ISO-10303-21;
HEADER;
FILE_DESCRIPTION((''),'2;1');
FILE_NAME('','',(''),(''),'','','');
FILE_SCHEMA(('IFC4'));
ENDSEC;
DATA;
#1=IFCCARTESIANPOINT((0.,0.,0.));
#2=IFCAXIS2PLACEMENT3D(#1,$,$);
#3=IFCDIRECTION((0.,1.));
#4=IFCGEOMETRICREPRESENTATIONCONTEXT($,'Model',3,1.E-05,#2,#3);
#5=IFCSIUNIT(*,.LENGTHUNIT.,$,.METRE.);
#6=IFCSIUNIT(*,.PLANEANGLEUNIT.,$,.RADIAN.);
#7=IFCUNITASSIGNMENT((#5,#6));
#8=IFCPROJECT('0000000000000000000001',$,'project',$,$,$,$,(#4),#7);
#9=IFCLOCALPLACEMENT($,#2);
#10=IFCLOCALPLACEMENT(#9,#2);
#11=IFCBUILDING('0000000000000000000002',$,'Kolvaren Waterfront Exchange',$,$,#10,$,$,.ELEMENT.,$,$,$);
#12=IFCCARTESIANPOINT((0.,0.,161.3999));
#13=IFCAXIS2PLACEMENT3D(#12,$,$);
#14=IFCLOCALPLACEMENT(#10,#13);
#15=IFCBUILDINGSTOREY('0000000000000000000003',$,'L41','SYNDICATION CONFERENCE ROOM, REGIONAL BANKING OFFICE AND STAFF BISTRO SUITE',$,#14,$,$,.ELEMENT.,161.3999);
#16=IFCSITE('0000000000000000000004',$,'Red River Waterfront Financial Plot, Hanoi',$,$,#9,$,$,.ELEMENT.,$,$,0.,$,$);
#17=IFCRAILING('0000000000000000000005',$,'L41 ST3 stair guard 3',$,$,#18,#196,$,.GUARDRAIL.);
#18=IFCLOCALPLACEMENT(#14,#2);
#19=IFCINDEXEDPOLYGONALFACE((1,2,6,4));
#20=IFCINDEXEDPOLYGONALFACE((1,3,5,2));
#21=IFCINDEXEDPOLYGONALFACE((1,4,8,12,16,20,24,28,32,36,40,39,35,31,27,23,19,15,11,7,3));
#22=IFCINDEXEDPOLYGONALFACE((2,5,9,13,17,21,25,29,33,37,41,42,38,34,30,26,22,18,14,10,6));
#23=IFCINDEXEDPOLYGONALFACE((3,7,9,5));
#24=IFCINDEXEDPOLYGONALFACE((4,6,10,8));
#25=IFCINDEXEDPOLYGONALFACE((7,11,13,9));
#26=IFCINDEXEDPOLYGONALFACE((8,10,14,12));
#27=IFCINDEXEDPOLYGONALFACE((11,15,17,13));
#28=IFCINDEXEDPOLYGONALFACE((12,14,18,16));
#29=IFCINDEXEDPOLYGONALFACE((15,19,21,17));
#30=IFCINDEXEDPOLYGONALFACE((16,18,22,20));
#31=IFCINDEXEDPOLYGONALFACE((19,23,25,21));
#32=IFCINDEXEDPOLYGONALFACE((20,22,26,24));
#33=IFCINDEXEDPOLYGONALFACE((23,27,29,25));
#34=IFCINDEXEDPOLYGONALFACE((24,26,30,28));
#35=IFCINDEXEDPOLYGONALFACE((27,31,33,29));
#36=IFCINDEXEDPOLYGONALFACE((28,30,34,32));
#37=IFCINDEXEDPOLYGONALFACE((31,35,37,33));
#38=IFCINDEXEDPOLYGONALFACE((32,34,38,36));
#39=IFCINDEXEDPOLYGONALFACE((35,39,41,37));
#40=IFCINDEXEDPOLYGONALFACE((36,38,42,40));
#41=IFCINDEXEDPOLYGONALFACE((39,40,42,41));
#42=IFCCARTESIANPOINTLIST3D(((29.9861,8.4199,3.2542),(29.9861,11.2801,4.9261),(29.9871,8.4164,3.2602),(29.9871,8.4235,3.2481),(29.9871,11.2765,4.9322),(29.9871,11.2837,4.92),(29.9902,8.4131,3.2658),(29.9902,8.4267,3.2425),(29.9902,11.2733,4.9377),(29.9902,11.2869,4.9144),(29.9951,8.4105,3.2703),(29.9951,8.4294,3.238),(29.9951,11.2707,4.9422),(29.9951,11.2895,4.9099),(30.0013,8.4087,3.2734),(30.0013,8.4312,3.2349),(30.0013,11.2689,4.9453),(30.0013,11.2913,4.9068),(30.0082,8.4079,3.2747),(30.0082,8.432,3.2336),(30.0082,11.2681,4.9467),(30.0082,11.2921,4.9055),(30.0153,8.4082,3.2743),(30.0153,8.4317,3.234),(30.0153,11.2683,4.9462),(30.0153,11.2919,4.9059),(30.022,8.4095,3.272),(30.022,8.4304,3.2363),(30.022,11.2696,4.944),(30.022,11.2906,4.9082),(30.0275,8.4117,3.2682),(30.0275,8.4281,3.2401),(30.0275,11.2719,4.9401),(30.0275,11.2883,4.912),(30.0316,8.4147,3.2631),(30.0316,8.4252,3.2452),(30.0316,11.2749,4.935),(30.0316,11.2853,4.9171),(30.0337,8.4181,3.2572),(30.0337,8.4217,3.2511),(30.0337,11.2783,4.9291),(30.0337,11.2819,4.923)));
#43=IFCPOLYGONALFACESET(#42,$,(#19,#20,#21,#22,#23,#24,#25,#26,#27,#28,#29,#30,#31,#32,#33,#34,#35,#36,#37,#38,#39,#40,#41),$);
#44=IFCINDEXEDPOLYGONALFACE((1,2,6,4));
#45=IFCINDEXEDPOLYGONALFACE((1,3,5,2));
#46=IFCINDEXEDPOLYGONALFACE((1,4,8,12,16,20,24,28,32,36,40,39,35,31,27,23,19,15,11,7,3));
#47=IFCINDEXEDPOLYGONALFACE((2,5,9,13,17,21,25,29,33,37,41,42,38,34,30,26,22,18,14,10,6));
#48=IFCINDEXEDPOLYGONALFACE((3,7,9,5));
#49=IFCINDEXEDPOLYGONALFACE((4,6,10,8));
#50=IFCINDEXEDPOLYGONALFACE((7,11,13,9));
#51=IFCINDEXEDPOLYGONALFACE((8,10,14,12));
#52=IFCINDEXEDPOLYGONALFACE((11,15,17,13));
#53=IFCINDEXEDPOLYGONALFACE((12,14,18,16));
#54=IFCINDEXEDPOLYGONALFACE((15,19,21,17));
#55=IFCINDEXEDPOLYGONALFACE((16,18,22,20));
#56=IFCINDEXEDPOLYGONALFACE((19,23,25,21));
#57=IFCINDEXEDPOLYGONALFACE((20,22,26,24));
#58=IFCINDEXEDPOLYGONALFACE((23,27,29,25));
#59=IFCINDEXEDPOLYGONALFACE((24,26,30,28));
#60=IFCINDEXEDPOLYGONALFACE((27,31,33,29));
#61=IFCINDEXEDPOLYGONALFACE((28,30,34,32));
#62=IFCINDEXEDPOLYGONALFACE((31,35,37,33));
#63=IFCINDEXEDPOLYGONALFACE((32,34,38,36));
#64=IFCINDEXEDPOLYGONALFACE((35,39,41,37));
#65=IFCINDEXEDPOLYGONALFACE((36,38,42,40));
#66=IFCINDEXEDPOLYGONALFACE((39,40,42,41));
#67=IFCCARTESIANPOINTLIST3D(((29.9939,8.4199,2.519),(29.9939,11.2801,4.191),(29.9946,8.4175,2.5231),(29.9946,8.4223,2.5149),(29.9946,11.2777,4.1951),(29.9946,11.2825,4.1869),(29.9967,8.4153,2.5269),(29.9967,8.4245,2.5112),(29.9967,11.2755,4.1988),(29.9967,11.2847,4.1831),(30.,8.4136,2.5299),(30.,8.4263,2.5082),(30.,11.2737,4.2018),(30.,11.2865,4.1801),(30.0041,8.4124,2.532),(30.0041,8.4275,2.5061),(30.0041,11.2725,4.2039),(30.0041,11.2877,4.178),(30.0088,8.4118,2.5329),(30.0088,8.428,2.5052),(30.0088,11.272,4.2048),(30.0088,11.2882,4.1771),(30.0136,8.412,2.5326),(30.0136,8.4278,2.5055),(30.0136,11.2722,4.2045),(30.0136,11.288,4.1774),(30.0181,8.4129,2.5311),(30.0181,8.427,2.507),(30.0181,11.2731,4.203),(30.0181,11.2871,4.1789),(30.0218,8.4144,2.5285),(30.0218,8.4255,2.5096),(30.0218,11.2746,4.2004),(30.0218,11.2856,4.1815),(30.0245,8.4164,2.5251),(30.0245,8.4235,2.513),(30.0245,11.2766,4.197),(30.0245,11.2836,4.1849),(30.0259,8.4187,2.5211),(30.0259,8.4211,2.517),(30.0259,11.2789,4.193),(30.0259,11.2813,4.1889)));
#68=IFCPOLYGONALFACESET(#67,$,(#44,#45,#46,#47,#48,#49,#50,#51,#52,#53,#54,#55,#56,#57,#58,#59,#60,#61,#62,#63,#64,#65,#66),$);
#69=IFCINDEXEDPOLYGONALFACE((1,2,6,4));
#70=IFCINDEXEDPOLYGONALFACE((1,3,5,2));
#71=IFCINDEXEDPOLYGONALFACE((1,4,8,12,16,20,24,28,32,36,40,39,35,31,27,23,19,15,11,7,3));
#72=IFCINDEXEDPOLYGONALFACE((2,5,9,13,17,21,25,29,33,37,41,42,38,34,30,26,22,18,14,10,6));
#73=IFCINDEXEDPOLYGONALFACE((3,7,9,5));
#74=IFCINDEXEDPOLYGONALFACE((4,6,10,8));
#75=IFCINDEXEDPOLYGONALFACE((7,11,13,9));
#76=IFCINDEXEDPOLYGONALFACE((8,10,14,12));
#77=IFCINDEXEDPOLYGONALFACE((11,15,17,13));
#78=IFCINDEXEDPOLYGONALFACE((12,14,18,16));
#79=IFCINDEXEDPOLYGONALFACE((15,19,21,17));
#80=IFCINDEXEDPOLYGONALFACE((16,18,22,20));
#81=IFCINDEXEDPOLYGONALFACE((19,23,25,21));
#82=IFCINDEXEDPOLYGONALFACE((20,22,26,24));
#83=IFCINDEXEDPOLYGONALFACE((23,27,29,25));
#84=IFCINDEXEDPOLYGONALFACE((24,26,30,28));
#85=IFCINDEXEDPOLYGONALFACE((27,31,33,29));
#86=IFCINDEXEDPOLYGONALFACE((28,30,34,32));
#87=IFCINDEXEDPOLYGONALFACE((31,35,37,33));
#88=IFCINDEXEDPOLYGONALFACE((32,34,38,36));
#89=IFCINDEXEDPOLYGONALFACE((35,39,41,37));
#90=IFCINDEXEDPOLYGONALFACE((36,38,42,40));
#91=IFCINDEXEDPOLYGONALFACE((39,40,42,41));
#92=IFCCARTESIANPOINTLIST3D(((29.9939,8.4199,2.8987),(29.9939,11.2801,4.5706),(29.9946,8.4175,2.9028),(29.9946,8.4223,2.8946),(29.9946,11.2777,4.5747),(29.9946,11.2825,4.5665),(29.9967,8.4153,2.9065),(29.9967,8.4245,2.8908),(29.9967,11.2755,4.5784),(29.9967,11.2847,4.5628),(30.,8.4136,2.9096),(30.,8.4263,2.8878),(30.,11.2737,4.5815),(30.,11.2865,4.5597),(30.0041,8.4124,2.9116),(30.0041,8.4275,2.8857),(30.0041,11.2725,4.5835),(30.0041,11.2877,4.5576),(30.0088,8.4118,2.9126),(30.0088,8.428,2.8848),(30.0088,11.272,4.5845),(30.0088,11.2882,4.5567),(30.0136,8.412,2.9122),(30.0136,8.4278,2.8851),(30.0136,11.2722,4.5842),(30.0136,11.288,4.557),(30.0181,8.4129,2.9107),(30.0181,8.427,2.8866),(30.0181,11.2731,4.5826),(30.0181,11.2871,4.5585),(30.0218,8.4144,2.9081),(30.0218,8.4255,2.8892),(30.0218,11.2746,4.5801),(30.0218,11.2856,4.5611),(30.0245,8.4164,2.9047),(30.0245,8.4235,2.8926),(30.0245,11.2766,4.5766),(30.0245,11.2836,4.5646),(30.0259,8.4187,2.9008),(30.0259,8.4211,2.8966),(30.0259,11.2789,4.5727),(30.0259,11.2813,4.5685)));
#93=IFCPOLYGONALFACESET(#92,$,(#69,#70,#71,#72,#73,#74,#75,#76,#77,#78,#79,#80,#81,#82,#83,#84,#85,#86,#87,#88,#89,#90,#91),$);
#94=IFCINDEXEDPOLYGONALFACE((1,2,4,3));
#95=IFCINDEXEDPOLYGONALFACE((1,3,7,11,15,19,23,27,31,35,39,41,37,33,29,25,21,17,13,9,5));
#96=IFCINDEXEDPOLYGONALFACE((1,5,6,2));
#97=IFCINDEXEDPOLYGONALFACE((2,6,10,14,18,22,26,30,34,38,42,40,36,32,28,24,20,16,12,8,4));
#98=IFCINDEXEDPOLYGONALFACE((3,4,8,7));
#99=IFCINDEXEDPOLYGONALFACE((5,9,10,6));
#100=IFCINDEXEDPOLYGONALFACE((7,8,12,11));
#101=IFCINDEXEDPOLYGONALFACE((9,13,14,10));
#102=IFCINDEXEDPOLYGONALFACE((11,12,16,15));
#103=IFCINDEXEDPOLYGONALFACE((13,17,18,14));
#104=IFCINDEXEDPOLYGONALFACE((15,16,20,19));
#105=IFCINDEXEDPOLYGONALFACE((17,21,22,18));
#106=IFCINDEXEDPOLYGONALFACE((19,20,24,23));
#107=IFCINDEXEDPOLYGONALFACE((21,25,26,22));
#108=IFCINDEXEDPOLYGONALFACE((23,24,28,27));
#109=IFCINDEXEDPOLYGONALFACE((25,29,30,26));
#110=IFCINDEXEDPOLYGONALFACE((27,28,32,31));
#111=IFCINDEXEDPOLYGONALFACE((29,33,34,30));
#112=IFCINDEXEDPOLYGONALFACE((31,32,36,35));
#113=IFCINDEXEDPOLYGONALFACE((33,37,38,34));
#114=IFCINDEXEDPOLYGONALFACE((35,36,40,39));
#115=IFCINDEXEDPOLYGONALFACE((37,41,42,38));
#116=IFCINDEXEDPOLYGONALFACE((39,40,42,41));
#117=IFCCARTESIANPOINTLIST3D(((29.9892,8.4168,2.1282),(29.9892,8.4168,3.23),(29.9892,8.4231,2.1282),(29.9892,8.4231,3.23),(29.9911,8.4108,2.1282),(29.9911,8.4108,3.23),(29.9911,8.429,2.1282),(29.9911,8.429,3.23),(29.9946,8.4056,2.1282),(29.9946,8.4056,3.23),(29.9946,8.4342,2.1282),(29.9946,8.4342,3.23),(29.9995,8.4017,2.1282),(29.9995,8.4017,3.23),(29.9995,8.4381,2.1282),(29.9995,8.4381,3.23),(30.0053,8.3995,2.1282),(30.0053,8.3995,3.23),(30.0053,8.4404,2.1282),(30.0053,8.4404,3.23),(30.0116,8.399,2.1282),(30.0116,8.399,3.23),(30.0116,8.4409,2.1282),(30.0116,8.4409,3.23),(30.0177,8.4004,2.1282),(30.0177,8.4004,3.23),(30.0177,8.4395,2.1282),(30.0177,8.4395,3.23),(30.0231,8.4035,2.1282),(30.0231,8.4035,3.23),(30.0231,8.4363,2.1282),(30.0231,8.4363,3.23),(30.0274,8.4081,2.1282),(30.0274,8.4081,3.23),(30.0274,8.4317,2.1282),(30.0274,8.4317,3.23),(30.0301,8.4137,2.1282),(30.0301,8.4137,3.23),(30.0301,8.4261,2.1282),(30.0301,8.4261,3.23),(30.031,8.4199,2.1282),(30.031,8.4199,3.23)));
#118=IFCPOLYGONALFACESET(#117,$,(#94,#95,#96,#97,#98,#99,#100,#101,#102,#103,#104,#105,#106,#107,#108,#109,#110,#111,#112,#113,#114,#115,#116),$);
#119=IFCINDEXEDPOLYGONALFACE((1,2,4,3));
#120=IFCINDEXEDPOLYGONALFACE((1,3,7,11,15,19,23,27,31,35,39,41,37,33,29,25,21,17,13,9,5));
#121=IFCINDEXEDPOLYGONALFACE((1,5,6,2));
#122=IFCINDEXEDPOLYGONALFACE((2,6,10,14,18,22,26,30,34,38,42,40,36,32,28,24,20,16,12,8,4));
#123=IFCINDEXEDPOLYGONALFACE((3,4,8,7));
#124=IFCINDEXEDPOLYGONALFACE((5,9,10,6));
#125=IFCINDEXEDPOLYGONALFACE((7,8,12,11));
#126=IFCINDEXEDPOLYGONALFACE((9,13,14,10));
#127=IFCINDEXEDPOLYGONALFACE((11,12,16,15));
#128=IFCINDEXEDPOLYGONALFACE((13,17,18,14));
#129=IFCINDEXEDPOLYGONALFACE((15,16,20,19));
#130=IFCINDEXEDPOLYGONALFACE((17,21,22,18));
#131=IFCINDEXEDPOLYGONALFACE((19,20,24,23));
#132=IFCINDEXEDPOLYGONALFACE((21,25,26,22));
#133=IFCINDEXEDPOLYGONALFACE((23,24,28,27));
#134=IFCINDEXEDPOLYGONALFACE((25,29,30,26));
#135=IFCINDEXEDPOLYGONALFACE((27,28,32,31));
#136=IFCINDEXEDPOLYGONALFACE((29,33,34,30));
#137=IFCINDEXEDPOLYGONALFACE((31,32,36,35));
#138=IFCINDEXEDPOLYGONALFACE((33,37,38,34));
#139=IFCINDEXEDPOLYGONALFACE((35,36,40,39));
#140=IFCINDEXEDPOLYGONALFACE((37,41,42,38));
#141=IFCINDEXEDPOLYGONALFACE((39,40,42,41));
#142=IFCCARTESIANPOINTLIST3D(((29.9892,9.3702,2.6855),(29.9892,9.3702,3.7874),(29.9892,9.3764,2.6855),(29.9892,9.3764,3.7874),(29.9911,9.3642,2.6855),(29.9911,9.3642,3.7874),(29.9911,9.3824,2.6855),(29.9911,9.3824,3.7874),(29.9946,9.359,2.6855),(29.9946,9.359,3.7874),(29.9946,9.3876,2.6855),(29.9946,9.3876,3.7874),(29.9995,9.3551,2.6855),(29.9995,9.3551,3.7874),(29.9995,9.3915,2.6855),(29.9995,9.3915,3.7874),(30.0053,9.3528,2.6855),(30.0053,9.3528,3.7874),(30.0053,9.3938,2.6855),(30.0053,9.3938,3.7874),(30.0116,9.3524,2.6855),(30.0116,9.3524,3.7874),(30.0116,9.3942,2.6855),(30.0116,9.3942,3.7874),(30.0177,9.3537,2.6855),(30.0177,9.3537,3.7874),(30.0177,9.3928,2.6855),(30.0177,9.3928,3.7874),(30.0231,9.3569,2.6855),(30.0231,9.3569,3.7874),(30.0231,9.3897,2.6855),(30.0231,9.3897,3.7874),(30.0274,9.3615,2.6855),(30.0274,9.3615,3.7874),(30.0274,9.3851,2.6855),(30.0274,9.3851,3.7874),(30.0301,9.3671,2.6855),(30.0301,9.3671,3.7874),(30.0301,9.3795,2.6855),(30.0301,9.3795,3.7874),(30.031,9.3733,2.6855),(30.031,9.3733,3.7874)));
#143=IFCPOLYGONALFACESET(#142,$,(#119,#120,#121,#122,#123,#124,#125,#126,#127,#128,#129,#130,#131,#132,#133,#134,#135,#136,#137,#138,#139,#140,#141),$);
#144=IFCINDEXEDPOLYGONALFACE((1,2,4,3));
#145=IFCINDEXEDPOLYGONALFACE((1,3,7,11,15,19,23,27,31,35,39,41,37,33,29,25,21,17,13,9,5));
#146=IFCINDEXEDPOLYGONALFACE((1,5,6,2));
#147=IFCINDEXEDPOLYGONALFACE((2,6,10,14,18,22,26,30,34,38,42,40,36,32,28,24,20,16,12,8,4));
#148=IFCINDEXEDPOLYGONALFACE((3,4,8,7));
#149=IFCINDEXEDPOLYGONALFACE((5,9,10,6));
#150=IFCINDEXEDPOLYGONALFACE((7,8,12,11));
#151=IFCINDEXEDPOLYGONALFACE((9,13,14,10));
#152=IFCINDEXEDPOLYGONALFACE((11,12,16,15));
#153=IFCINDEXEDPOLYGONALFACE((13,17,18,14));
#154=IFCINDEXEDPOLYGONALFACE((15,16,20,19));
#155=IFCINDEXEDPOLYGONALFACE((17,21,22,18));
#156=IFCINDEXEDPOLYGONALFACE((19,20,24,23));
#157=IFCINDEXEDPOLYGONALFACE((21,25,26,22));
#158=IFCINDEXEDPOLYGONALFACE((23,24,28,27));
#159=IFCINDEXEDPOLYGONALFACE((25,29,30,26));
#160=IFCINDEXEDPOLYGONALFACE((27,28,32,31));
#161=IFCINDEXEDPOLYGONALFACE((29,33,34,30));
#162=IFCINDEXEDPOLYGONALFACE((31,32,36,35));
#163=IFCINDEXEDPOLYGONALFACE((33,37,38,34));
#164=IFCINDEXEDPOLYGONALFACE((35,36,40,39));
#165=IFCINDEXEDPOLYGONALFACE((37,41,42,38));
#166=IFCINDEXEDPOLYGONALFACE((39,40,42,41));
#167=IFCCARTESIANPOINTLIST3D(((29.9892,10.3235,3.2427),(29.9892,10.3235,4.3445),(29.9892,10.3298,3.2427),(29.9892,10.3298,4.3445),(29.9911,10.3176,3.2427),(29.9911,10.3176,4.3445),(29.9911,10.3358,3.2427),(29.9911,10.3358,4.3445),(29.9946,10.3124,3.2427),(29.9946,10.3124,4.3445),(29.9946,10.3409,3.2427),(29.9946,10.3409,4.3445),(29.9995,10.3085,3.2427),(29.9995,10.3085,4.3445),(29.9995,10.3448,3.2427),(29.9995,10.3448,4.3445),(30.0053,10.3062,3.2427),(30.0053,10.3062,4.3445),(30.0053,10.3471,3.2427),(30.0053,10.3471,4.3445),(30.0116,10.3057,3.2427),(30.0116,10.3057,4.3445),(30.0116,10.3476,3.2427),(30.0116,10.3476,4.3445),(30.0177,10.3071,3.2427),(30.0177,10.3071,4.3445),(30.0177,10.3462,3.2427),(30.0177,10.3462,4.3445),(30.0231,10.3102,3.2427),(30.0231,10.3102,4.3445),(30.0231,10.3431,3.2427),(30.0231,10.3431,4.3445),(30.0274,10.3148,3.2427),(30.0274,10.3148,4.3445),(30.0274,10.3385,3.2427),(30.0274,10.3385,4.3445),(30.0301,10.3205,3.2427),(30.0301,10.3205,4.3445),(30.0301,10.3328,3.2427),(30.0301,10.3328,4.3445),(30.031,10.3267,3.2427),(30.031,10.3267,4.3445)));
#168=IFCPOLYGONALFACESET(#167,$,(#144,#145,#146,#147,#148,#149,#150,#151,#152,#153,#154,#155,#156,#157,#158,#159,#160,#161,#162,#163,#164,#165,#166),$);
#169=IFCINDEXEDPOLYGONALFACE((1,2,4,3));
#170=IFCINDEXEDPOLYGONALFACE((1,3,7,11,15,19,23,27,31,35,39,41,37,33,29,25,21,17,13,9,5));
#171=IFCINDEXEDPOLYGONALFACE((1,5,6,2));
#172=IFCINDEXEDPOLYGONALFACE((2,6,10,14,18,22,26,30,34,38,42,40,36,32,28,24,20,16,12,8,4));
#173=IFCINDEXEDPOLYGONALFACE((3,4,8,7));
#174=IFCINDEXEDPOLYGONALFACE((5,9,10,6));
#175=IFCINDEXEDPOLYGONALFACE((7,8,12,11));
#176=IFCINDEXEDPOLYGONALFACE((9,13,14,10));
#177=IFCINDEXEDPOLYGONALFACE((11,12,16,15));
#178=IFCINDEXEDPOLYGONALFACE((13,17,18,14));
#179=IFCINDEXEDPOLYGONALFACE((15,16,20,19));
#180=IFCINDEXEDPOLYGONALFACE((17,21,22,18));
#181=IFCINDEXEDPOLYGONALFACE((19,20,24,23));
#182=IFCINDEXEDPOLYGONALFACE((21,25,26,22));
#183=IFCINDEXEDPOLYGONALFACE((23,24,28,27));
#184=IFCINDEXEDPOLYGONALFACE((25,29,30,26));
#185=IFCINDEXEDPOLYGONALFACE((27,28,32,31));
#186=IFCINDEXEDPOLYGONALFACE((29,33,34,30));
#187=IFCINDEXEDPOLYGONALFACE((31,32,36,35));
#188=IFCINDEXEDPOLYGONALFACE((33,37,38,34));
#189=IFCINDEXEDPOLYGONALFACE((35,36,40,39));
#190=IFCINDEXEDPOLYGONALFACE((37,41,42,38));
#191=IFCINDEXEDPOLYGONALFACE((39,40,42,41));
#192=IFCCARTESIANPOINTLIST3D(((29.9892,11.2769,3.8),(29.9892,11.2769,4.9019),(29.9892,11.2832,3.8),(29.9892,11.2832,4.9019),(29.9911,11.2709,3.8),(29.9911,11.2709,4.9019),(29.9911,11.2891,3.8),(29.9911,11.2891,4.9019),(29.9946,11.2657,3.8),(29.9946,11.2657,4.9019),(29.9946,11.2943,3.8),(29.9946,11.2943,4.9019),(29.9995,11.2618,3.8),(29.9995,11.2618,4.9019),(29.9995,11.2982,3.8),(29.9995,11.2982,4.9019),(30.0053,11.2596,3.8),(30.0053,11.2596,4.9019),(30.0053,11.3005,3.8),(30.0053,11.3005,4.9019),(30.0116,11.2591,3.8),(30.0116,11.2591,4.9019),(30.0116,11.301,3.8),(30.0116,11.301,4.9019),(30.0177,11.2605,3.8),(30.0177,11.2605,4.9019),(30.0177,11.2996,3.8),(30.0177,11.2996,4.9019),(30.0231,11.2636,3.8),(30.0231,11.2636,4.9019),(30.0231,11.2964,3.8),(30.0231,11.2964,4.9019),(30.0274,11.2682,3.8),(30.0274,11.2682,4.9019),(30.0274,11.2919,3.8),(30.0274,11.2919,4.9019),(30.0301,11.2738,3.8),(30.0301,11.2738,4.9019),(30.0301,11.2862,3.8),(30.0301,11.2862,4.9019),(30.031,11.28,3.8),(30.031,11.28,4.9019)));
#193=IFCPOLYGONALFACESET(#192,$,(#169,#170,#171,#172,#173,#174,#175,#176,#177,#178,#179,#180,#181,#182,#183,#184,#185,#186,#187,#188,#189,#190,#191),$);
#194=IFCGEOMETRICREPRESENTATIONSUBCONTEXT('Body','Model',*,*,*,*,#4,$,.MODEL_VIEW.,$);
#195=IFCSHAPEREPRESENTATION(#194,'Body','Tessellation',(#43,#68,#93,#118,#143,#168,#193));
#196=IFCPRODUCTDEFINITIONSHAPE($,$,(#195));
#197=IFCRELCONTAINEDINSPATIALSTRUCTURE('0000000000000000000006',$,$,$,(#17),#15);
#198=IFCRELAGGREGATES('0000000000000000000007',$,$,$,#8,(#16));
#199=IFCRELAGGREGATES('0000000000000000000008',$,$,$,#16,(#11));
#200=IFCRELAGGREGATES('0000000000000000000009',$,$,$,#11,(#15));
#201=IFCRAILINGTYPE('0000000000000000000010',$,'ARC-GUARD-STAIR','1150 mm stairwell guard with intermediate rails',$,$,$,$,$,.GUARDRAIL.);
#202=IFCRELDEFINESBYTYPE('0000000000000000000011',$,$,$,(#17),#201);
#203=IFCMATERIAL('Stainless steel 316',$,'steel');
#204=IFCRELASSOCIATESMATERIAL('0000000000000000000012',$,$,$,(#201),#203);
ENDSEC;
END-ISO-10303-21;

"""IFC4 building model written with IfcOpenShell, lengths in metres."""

from ifc_helpers import new_model, si_unit, direction, frame, origin, origin_2d, place, context, subcontext, project, spatial, circle, extrude, material, type_object, element, save


model = new_model("IFC4")

# Units and contexts
model_context = context("Model", 3, precision=1e-05, world=origin(), true_north=direction((0.0, 1.0)))
body_context = subcontext(model_context, "Body", "Model", "MODEL_VIEW")
ifc_project = project(units=[si_unit("LENGTHUNIT", "METRE"), si_unit("PLANEANGLEUNIT", "RADIAN")], contexts=[model_context])

# Site, building, storey
site_placement = place(None, origin())
site = spatial("IfcSite", under=ifc_project, at=site_placement, Name="Red River Waterfront Financial Plot, Hanoi", CompositionType="ELEMENT", RefElevation=0.0)
building_placement = place(site_placement, origin())
building = spatial("IfcBuilding", under=site, at=building_placement, Name="Kolvaren Waterfront Exchange", CompositionType="ELEMENT")
storey_placement = place(building_placement, frame((0.0, 0.0, 161.3999)))
storey = spatial("IfcBuildingStorey", under=building, at=storey_placement, Name="L41", Description="SYNDICATION CONFERENCE ROOM, REGIONAL BANKING OFFICE AND STAFF BISTRO SUITE", CompositionType="ELEMENT", Elevation=161.3999)

# Railing
ifc_material_1 = material(Name="Stainless steel 316", Category="steel")
railing_type_1 = type_object("IfcRailingType", Name="ARC-GUARD-STAIR", Description="1150 mm stairwell guard with intermediate rails", PredefinedType="GUARDRAIL", material=ifc_material_1)
railing_1_placement = place(storey_placement, frame((30.01, 8.4199, 2.1282)))
element("IfcRailing", 1, at=railing_1_placement, inside=storey, type_object=railing_type_1, Name="L41 ST3 stair guard 3", PredefinedType="GUARDRAIL", context=body_context, shape_type="SweptSolid", body=[
    extrude(circle(Radius=0.0239, at=origin_2d()), frame((0.0, 0.0, 1.126), z_axis=(0.0, 0.863321, 0.504654), x_axis=(-1.0, 0.0, 0.0)), (0.0, 0.0, 1.0), 3.313),
    extrude(circle(Radius=0.0161, at=origin_2d()), frame((0.0, 0.0, 0.3909), z_axis=(0.0, 0.863321, 0.504654), x_axis=(-1.0, 0.0, 0.0)), (0.0, 0.0, 1.0), 3.313),
    extrude(circle(Radius=0.0161, at=origin_2d()), frame((0.0, 0.0, 0.7705), z_axis=(0.0, 0.863321, 0.504654), x_axis=(-1.0, 0.0, 0.0)), (0.0, 0.0, 1.0), 3.313),
    extrude(circle(Radius=0.021, at=origin_2d()), origin(), (0.0, 0.0, 1.0), 1.1018),
    extrude(circle(Radius=0.021, at=origin_2d()), frame((0.0, 0.9534, 0.5574)), (0.0, 0.0, 1.0), 1.1018),
    extrude(circle(Radius=0.021, at=origin_2d()), frame((0.0, 1.9067, 1.1145)), (0.0, 0.0, 1.0), 1.1018),
    extrude(circle(Radius=0.021, at=origin_2d()), frame((0.0, 2.8601, 1.6719)), (0.0, 0.0, 1.0), 1.1018),
])

save(model, "model.ifc")
